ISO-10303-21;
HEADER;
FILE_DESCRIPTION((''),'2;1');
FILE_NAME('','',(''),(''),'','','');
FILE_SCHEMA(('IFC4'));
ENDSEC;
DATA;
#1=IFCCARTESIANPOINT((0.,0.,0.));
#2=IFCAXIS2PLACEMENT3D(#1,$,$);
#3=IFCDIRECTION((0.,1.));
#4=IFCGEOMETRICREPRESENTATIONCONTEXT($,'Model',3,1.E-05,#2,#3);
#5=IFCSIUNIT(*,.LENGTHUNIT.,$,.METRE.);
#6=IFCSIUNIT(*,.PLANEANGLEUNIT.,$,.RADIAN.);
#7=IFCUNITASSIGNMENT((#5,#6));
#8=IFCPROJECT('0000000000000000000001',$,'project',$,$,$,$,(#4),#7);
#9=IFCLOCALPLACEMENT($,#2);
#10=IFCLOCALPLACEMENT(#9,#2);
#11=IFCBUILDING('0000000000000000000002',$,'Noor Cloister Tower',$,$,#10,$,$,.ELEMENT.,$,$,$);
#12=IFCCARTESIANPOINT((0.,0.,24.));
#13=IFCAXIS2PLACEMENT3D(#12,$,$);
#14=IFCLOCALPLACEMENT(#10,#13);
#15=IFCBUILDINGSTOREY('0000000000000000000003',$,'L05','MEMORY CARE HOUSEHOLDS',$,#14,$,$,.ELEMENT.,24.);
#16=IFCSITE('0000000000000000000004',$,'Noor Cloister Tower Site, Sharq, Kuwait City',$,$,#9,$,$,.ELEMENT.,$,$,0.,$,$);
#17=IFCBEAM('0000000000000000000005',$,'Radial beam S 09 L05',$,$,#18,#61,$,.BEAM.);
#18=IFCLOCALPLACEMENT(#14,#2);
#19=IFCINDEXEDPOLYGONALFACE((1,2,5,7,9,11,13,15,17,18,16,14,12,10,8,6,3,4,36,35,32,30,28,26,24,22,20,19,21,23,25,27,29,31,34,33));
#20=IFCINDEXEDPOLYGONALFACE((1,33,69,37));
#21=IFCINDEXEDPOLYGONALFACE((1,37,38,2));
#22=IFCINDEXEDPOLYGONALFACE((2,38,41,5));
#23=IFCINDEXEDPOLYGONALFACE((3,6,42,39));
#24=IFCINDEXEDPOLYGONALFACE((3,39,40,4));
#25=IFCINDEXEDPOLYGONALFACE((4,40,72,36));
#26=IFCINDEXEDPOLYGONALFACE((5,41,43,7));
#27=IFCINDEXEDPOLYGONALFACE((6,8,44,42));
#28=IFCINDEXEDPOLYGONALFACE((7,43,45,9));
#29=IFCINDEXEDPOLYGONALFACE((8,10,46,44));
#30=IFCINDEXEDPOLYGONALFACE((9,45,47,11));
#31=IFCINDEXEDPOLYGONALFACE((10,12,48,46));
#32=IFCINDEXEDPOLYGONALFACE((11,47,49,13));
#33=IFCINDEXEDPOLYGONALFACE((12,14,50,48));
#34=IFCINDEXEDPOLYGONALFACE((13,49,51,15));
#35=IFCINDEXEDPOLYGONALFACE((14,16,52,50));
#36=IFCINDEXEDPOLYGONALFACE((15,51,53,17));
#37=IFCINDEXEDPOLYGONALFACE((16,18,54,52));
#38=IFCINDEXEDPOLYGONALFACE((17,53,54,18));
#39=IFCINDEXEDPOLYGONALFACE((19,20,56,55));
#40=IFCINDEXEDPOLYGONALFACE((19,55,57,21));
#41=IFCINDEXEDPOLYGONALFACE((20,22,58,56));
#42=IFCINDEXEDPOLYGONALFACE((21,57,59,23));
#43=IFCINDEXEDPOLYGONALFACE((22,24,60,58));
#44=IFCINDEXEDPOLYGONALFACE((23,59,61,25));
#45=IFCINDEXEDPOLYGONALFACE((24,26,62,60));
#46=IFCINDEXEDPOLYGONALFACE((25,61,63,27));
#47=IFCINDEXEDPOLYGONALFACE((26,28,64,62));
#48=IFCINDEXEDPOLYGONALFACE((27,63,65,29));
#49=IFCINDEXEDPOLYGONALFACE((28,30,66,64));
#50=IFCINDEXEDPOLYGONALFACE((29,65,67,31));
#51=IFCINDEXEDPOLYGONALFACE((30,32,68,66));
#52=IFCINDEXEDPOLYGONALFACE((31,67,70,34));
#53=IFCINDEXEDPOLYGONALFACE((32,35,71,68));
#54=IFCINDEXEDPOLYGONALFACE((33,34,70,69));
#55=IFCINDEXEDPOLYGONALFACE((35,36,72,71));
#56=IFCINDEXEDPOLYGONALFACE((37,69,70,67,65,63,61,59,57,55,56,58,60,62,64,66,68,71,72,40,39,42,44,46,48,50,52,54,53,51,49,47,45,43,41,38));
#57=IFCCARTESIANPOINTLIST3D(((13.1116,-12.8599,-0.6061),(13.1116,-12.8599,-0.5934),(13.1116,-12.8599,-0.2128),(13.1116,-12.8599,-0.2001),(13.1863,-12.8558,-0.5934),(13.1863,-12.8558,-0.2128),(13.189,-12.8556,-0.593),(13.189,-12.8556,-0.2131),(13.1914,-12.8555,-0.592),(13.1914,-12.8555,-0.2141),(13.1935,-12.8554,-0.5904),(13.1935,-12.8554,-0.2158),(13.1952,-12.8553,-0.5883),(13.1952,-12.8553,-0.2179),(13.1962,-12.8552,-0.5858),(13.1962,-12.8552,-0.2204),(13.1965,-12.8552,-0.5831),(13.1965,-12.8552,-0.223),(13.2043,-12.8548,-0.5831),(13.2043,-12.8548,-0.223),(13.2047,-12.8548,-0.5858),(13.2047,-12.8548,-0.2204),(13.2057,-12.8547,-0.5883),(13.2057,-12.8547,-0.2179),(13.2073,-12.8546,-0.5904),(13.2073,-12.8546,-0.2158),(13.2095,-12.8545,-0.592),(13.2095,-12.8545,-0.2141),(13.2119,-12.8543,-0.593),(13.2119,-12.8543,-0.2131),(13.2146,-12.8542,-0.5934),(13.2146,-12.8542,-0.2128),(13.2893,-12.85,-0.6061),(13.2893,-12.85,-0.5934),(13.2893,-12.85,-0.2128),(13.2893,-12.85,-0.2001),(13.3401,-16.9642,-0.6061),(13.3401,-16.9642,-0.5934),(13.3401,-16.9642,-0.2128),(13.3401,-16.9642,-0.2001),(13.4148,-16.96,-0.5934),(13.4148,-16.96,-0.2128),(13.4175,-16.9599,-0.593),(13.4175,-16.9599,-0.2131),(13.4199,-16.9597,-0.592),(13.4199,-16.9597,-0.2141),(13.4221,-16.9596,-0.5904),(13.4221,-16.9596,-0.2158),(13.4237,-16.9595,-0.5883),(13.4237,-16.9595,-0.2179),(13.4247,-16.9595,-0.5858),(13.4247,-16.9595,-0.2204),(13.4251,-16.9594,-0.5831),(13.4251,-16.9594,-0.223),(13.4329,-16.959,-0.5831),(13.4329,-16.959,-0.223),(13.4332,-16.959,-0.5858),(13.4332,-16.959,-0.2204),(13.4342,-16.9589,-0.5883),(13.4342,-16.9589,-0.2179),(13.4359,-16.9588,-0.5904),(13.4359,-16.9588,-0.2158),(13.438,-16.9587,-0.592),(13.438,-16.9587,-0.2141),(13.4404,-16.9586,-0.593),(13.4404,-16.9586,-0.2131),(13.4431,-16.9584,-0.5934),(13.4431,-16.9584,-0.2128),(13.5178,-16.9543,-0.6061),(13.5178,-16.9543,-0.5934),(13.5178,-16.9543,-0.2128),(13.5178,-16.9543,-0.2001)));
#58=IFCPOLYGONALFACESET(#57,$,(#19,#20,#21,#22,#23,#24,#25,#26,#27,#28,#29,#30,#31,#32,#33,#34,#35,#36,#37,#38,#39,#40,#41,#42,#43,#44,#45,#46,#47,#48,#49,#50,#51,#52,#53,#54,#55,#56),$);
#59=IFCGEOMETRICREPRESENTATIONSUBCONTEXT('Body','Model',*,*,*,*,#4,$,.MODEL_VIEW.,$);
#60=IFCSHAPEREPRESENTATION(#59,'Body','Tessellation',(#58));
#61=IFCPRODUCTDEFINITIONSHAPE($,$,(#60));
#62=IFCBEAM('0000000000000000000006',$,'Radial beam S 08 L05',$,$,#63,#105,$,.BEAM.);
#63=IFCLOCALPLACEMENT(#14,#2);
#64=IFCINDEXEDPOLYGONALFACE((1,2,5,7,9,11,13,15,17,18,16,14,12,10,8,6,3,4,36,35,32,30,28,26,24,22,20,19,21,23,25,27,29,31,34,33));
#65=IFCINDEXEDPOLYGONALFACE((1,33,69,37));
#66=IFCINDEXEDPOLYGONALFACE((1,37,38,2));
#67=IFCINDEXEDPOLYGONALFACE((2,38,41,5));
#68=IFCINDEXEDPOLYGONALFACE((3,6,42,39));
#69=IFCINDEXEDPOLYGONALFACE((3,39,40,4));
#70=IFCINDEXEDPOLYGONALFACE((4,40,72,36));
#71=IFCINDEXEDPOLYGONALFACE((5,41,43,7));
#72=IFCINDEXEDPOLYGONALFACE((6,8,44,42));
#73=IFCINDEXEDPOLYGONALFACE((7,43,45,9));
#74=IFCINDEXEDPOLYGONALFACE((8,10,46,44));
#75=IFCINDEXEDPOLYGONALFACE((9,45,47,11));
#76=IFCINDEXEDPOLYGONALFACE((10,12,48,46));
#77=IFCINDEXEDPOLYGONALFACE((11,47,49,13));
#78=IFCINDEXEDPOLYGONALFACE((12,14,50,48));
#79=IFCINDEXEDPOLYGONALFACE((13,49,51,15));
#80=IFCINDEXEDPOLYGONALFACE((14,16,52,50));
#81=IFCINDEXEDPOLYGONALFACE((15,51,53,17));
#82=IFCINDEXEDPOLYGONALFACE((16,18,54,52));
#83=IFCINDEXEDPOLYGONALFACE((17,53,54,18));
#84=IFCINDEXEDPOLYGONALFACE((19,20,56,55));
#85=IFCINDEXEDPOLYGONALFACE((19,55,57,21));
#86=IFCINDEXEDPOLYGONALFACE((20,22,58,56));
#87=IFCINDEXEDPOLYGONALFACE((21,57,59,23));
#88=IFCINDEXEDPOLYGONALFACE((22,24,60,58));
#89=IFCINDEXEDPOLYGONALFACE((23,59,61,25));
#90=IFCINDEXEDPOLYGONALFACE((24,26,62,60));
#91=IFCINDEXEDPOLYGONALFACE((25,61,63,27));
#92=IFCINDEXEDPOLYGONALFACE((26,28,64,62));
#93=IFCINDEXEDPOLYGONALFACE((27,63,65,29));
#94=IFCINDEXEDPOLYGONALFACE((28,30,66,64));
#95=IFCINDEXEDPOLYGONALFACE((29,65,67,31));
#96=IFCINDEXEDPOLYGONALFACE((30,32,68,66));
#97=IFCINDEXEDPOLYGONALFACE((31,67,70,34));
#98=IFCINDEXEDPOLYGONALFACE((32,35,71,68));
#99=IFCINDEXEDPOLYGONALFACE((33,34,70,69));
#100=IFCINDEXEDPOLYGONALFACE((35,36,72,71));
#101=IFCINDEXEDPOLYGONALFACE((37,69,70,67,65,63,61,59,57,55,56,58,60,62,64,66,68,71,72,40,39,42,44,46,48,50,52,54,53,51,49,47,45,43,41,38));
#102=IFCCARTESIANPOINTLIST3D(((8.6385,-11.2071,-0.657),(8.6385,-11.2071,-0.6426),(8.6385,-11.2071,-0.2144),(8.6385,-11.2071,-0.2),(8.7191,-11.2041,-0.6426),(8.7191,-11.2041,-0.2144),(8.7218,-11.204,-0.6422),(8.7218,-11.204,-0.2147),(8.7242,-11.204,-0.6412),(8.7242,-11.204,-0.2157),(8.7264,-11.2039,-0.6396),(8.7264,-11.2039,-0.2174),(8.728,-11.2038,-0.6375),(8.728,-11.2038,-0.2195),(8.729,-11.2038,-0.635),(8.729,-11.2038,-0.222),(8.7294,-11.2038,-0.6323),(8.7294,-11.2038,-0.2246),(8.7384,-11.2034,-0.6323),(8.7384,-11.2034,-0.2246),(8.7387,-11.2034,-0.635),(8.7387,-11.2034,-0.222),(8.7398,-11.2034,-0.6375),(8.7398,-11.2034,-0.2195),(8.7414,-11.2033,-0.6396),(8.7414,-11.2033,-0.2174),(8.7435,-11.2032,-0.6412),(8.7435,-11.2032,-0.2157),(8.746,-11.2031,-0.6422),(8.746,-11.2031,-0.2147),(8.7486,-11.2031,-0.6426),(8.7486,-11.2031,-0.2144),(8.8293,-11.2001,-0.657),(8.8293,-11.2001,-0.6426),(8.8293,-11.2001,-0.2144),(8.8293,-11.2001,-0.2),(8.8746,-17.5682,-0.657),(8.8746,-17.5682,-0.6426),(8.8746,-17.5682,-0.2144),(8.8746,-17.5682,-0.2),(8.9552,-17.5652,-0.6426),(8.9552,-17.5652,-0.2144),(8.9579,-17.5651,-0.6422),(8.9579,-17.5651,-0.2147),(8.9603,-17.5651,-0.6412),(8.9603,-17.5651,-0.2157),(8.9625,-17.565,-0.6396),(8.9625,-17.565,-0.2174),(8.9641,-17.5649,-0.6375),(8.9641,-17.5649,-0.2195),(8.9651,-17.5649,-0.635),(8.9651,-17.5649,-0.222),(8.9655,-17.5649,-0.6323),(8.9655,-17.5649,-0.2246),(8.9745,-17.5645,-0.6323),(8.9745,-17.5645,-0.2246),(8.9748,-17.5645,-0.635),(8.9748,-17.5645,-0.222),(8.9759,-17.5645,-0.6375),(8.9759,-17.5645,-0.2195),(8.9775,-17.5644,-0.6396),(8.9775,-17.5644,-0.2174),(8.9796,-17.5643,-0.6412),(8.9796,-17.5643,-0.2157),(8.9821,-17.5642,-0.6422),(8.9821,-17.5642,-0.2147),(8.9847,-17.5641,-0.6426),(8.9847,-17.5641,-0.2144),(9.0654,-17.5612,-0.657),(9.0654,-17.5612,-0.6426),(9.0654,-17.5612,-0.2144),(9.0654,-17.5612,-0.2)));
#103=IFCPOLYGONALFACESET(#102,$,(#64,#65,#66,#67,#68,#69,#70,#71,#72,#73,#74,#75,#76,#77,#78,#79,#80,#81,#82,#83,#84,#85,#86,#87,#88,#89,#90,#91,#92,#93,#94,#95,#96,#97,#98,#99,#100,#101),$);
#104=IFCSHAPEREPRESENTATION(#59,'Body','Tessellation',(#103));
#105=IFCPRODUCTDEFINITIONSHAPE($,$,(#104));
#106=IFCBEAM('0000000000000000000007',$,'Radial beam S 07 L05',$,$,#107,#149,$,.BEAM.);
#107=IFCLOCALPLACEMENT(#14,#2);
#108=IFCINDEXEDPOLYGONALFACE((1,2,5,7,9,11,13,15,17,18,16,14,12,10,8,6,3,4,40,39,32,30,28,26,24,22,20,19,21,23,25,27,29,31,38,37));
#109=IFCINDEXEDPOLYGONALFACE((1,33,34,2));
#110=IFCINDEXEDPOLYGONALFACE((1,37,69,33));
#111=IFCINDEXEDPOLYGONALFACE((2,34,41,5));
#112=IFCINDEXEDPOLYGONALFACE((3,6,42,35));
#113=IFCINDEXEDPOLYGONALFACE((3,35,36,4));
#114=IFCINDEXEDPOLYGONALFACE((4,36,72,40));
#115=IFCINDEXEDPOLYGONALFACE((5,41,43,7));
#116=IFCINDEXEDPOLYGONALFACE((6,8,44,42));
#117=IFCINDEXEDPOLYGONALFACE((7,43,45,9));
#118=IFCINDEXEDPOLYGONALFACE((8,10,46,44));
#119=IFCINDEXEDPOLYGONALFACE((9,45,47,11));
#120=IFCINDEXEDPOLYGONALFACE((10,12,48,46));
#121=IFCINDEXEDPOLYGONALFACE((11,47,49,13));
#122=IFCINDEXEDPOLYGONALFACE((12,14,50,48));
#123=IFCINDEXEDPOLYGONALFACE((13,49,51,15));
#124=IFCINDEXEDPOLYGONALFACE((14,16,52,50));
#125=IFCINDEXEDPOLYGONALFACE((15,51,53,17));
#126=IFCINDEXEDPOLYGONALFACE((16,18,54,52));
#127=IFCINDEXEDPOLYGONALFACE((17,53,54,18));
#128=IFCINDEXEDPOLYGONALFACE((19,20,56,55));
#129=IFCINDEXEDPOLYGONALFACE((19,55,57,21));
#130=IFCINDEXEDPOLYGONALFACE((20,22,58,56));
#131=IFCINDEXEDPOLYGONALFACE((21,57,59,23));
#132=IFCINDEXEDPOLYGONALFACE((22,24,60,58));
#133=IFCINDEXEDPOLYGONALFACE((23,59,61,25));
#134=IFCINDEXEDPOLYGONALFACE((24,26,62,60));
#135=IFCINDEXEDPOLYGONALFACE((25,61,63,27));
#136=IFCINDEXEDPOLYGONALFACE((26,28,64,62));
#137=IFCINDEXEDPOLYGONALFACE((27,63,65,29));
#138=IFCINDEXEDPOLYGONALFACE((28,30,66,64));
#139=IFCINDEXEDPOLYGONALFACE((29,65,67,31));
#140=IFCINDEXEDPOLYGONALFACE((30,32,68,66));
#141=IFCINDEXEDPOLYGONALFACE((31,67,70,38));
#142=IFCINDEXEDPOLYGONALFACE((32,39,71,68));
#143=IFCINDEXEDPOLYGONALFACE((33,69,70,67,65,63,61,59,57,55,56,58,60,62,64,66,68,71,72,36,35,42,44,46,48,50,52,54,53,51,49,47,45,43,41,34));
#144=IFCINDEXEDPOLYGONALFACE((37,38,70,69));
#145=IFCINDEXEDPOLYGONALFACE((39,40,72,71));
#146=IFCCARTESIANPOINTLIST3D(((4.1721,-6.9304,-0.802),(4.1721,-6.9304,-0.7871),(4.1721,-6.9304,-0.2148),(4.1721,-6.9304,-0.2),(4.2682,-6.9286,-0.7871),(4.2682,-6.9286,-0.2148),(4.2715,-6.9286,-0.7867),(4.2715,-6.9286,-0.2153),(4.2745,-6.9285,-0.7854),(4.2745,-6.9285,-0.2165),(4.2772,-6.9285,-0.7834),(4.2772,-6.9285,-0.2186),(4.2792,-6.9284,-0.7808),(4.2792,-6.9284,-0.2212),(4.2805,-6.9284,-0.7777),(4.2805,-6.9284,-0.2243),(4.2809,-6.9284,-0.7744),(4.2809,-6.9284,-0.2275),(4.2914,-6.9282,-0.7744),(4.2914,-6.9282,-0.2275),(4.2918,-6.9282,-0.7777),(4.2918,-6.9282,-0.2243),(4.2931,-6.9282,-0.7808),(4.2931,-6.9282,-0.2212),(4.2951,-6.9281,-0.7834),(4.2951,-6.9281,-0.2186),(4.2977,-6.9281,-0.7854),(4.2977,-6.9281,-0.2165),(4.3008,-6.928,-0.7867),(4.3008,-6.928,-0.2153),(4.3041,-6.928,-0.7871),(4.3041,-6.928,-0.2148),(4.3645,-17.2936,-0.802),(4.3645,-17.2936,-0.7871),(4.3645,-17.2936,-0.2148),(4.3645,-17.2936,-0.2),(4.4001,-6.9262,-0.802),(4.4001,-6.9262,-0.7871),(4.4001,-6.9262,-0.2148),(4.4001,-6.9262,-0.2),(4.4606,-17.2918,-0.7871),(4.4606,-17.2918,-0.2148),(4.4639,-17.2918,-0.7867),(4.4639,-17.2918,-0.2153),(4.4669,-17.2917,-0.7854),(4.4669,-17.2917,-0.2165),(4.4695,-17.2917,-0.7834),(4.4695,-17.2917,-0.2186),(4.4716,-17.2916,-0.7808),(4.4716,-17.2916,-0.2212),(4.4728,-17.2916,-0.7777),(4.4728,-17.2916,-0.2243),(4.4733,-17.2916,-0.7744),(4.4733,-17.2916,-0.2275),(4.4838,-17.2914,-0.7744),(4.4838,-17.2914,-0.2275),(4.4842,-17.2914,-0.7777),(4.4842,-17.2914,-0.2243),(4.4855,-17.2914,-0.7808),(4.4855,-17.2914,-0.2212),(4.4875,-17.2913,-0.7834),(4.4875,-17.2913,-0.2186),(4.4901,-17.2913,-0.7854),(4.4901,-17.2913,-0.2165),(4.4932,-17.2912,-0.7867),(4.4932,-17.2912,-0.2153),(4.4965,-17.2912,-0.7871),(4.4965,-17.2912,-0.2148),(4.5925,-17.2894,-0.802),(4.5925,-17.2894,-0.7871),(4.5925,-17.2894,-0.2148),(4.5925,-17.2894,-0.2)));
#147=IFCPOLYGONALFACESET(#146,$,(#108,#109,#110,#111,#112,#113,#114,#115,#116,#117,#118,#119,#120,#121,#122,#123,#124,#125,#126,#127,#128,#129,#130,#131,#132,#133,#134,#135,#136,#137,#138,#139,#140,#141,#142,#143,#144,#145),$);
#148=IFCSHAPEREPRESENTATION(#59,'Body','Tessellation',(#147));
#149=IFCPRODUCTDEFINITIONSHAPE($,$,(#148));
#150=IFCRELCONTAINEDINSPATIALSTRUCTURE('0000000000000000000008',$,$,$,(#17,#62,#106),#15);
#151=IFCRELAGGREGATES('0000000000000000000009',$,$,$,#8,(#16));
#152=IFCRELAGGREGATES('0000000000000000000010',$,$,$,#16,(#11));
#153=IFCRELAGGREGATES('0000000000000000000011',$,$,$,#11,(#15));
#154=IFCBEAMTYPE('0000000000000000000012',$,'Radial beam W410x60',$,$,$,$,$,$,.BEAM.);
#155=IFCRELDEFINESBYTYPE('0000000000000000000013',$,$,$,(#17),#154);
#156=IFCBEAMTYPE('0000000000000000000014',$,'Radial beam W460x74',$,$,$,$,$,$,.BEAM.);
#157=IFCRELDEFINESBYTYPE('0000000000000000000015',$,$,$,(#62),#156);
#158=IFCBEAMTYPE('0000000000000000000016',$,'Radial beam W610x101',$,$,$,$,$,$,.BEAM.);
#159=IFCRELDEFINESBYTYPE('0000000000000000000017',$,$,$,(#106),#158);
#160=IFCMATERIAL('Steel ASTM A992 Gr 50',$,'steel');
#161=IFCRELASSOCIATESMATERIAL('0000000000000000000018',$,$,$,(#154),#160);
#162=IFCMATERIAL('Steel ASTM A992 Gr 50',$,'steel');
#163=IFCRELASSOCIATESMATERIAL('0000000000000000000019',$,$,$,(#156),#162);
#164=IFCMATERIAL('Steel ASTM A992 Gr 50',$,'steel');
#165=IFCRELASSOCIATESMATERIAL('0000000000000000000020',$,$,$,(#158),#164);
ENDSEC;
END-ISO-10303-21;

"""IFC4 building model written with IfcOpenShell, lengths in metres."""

from ifc_helpers import new_model, si_unit, direction, frame, origin, origin_2d, place, context, subcontext, project, spatial, i_section, extrude, material, material_profile, profile_set, type_object, element, save


model = new_model("IFC4")

# Units and contexts
model_context = context("Model", 3, precision=1e-05, world=origin(), true_north=direction((0.0, 1.0)))
body_context = subcontext(model_context, "Body", "Model", "MODEL_VIEW")
ifc_project = project(units=[si_unit("LENGTHUNIT", "METRE"), si_unit("PLANEANGLEUNIT", "RADIAN")], contexts=[model_context])

# Site, building, storey
site_placement = place(None, origin())
site = spatial("IfcSite", under=ifc_project, at=site_placement, Name="Noor Cloister Tower Site, Sharq, Kuwait City", CompositionType="ELEMENT", RefElevation=0.0)
building_placement = place(site_placement, origin())
building = spatial("IfcBuilding", under=site, at=building_placement, Name="Noor Cloister Tower", CompositionType="ELEMENT")
storey_placement = place(building_placement, frame((0.0, 0.0, 24.0)))
storey = spatial("IfcBuildingStorey", under=building, at=storey_placement, Name="L05", Description="MEMORY CARE HOUSEHOLDS", CompositionType="ELEMENT", Elevation=24.0)

# Beams
ifc_material_1 = material(Name="Steel ASTM A992 Gr 50", Category="steel")
ifc_material_profile_1 = material_profile(ifc_material_1, i_section(OverallWidth=0.178, OverallDepth=0.406, WebThickness=0.0078, FlangeThickness=0.0127, FilletRadius=0.0103, at=origin_2d()), Name="W410x60")
ifc_profile_set_1 = profile_set([ifc_material_profile_1], Name="Steel ASTM A992 Gr 50")
beam_type_1 = type_object("IfcBeamType", Name="Radial beam W410x60", PredefinedType="BEAM", material=ifc_profile_set_1)
beam_1_placement = place(storey_placement, frame((13.429, -16.9592, -0.4031), z_axis=(-0.055592, 0.998454, 0.0), x_axis=(-0.998454, -0.055592, 0.0)))
element("IfcBeam", 1, at=beam_1_placement, inside=storey, type_object=beam_type_1, Name="Radial beam S 09 L05", PredefinedType="BEAM", context=body_context, shape_type="SweptSolid", body=[
    extrude(i_section(OverallWidth=0.178, OverallDepth=0.406, WebThickness=0.0078, FlangeThickness=0.0127, FilletRadius=0.0103, at=origin_2d()), origin(), (0.0, 0.0, 1.0), 4.1106),
])
ifc_material_2 = material(Name="Steel ASTM A992 Gr 50", Category="steel")
ifc_material_profile_2 = material_profile(ifc_material_2, i_section(OverallWidth=0.1909, OverallDepth=0.457, WebThickness=0.009, FlangeThickness=0.0144, FilletRadius=0.0103, at=origin_2d()), Name="W460x74")
ifc_profile_set_2 = profile_set([ifc_material_profile_2], Name="Steel ASTM A992 Gr 50")
beam_type_2 = type_object("IfcBeamType", Name="Radial beam W460x74", PredefinedType="BEAM", material=ifc_profile_set_2)
beam_2_placement = place(storey_placement, frame((8.97, -17.5647, -0.4285), z_axis=(-0.037088, 0.999312, 0.0), x_axis=(-0.999312, -0.037088, 0.0)))
element("IfcBeam", 2, at=beam_2_placement, inside=storey, type_object=beam_type_2, Name="Radial beam S 08 L05", PredefinedType="BEAM", context=body_context, shape_type="SweptSolid", body=[
    extrude(i_section(OverallWidth=0.1909, OverallDepth=0.457, WebThickness=0.009, FlangeThickness=0.0144, FilletRadius=0.0103, at=origin_2d()), origin(), (0.0, 0.0, 1.0), 6.3655),
])
ifc_material_3 = material(Name="Steel ASTM A992 Gr 50", Category="steel")
ifc_material_profile_3 = material_profile(ifc_material_3, i_section(OverallWidth=0.228, OverallDepth=0.6021, WebThickness=0.0105, FlangeThickness=0.0149, FilletRadius=0.0127, at=origin_2d()), Name="W610x101")
ifc_profile_set_3 = profile_set([ifc_material_profile_3], Name="Steel ASTM A992 Gr 50")
beam_type_3 = type_object("IfcBeamType", Name="Radial beam W610x101", PredefinedType="BEAM", material=ifc_profile_set_3)
beam_3_placement = place(storey_placement, frame((4.4785, -17.2915, -0.501), z_axis=(-0.018561, 0.999828, 0.0), x_axis=(-0.999828, -0.018561, 0.0)))
element("IfcBeam", 3, at=beam_3_placement, inside=storey, type_object=beam_type_3, Name="Radial beam S 07 L05", PredefinedType="BEAM", context=body_context, shape_type="SweptSolid", body=[
    extrude(i_section(OverallWidth=0.228, OverallDepth=0.6021, WebThickness=0.0105, FlangeThickness=0.0149, FilletRadius=0.0127, at=origin_2d()), origin(), (0.0, 0.0, 1.0), 10.365),
])

save(model, "model.ifc")
